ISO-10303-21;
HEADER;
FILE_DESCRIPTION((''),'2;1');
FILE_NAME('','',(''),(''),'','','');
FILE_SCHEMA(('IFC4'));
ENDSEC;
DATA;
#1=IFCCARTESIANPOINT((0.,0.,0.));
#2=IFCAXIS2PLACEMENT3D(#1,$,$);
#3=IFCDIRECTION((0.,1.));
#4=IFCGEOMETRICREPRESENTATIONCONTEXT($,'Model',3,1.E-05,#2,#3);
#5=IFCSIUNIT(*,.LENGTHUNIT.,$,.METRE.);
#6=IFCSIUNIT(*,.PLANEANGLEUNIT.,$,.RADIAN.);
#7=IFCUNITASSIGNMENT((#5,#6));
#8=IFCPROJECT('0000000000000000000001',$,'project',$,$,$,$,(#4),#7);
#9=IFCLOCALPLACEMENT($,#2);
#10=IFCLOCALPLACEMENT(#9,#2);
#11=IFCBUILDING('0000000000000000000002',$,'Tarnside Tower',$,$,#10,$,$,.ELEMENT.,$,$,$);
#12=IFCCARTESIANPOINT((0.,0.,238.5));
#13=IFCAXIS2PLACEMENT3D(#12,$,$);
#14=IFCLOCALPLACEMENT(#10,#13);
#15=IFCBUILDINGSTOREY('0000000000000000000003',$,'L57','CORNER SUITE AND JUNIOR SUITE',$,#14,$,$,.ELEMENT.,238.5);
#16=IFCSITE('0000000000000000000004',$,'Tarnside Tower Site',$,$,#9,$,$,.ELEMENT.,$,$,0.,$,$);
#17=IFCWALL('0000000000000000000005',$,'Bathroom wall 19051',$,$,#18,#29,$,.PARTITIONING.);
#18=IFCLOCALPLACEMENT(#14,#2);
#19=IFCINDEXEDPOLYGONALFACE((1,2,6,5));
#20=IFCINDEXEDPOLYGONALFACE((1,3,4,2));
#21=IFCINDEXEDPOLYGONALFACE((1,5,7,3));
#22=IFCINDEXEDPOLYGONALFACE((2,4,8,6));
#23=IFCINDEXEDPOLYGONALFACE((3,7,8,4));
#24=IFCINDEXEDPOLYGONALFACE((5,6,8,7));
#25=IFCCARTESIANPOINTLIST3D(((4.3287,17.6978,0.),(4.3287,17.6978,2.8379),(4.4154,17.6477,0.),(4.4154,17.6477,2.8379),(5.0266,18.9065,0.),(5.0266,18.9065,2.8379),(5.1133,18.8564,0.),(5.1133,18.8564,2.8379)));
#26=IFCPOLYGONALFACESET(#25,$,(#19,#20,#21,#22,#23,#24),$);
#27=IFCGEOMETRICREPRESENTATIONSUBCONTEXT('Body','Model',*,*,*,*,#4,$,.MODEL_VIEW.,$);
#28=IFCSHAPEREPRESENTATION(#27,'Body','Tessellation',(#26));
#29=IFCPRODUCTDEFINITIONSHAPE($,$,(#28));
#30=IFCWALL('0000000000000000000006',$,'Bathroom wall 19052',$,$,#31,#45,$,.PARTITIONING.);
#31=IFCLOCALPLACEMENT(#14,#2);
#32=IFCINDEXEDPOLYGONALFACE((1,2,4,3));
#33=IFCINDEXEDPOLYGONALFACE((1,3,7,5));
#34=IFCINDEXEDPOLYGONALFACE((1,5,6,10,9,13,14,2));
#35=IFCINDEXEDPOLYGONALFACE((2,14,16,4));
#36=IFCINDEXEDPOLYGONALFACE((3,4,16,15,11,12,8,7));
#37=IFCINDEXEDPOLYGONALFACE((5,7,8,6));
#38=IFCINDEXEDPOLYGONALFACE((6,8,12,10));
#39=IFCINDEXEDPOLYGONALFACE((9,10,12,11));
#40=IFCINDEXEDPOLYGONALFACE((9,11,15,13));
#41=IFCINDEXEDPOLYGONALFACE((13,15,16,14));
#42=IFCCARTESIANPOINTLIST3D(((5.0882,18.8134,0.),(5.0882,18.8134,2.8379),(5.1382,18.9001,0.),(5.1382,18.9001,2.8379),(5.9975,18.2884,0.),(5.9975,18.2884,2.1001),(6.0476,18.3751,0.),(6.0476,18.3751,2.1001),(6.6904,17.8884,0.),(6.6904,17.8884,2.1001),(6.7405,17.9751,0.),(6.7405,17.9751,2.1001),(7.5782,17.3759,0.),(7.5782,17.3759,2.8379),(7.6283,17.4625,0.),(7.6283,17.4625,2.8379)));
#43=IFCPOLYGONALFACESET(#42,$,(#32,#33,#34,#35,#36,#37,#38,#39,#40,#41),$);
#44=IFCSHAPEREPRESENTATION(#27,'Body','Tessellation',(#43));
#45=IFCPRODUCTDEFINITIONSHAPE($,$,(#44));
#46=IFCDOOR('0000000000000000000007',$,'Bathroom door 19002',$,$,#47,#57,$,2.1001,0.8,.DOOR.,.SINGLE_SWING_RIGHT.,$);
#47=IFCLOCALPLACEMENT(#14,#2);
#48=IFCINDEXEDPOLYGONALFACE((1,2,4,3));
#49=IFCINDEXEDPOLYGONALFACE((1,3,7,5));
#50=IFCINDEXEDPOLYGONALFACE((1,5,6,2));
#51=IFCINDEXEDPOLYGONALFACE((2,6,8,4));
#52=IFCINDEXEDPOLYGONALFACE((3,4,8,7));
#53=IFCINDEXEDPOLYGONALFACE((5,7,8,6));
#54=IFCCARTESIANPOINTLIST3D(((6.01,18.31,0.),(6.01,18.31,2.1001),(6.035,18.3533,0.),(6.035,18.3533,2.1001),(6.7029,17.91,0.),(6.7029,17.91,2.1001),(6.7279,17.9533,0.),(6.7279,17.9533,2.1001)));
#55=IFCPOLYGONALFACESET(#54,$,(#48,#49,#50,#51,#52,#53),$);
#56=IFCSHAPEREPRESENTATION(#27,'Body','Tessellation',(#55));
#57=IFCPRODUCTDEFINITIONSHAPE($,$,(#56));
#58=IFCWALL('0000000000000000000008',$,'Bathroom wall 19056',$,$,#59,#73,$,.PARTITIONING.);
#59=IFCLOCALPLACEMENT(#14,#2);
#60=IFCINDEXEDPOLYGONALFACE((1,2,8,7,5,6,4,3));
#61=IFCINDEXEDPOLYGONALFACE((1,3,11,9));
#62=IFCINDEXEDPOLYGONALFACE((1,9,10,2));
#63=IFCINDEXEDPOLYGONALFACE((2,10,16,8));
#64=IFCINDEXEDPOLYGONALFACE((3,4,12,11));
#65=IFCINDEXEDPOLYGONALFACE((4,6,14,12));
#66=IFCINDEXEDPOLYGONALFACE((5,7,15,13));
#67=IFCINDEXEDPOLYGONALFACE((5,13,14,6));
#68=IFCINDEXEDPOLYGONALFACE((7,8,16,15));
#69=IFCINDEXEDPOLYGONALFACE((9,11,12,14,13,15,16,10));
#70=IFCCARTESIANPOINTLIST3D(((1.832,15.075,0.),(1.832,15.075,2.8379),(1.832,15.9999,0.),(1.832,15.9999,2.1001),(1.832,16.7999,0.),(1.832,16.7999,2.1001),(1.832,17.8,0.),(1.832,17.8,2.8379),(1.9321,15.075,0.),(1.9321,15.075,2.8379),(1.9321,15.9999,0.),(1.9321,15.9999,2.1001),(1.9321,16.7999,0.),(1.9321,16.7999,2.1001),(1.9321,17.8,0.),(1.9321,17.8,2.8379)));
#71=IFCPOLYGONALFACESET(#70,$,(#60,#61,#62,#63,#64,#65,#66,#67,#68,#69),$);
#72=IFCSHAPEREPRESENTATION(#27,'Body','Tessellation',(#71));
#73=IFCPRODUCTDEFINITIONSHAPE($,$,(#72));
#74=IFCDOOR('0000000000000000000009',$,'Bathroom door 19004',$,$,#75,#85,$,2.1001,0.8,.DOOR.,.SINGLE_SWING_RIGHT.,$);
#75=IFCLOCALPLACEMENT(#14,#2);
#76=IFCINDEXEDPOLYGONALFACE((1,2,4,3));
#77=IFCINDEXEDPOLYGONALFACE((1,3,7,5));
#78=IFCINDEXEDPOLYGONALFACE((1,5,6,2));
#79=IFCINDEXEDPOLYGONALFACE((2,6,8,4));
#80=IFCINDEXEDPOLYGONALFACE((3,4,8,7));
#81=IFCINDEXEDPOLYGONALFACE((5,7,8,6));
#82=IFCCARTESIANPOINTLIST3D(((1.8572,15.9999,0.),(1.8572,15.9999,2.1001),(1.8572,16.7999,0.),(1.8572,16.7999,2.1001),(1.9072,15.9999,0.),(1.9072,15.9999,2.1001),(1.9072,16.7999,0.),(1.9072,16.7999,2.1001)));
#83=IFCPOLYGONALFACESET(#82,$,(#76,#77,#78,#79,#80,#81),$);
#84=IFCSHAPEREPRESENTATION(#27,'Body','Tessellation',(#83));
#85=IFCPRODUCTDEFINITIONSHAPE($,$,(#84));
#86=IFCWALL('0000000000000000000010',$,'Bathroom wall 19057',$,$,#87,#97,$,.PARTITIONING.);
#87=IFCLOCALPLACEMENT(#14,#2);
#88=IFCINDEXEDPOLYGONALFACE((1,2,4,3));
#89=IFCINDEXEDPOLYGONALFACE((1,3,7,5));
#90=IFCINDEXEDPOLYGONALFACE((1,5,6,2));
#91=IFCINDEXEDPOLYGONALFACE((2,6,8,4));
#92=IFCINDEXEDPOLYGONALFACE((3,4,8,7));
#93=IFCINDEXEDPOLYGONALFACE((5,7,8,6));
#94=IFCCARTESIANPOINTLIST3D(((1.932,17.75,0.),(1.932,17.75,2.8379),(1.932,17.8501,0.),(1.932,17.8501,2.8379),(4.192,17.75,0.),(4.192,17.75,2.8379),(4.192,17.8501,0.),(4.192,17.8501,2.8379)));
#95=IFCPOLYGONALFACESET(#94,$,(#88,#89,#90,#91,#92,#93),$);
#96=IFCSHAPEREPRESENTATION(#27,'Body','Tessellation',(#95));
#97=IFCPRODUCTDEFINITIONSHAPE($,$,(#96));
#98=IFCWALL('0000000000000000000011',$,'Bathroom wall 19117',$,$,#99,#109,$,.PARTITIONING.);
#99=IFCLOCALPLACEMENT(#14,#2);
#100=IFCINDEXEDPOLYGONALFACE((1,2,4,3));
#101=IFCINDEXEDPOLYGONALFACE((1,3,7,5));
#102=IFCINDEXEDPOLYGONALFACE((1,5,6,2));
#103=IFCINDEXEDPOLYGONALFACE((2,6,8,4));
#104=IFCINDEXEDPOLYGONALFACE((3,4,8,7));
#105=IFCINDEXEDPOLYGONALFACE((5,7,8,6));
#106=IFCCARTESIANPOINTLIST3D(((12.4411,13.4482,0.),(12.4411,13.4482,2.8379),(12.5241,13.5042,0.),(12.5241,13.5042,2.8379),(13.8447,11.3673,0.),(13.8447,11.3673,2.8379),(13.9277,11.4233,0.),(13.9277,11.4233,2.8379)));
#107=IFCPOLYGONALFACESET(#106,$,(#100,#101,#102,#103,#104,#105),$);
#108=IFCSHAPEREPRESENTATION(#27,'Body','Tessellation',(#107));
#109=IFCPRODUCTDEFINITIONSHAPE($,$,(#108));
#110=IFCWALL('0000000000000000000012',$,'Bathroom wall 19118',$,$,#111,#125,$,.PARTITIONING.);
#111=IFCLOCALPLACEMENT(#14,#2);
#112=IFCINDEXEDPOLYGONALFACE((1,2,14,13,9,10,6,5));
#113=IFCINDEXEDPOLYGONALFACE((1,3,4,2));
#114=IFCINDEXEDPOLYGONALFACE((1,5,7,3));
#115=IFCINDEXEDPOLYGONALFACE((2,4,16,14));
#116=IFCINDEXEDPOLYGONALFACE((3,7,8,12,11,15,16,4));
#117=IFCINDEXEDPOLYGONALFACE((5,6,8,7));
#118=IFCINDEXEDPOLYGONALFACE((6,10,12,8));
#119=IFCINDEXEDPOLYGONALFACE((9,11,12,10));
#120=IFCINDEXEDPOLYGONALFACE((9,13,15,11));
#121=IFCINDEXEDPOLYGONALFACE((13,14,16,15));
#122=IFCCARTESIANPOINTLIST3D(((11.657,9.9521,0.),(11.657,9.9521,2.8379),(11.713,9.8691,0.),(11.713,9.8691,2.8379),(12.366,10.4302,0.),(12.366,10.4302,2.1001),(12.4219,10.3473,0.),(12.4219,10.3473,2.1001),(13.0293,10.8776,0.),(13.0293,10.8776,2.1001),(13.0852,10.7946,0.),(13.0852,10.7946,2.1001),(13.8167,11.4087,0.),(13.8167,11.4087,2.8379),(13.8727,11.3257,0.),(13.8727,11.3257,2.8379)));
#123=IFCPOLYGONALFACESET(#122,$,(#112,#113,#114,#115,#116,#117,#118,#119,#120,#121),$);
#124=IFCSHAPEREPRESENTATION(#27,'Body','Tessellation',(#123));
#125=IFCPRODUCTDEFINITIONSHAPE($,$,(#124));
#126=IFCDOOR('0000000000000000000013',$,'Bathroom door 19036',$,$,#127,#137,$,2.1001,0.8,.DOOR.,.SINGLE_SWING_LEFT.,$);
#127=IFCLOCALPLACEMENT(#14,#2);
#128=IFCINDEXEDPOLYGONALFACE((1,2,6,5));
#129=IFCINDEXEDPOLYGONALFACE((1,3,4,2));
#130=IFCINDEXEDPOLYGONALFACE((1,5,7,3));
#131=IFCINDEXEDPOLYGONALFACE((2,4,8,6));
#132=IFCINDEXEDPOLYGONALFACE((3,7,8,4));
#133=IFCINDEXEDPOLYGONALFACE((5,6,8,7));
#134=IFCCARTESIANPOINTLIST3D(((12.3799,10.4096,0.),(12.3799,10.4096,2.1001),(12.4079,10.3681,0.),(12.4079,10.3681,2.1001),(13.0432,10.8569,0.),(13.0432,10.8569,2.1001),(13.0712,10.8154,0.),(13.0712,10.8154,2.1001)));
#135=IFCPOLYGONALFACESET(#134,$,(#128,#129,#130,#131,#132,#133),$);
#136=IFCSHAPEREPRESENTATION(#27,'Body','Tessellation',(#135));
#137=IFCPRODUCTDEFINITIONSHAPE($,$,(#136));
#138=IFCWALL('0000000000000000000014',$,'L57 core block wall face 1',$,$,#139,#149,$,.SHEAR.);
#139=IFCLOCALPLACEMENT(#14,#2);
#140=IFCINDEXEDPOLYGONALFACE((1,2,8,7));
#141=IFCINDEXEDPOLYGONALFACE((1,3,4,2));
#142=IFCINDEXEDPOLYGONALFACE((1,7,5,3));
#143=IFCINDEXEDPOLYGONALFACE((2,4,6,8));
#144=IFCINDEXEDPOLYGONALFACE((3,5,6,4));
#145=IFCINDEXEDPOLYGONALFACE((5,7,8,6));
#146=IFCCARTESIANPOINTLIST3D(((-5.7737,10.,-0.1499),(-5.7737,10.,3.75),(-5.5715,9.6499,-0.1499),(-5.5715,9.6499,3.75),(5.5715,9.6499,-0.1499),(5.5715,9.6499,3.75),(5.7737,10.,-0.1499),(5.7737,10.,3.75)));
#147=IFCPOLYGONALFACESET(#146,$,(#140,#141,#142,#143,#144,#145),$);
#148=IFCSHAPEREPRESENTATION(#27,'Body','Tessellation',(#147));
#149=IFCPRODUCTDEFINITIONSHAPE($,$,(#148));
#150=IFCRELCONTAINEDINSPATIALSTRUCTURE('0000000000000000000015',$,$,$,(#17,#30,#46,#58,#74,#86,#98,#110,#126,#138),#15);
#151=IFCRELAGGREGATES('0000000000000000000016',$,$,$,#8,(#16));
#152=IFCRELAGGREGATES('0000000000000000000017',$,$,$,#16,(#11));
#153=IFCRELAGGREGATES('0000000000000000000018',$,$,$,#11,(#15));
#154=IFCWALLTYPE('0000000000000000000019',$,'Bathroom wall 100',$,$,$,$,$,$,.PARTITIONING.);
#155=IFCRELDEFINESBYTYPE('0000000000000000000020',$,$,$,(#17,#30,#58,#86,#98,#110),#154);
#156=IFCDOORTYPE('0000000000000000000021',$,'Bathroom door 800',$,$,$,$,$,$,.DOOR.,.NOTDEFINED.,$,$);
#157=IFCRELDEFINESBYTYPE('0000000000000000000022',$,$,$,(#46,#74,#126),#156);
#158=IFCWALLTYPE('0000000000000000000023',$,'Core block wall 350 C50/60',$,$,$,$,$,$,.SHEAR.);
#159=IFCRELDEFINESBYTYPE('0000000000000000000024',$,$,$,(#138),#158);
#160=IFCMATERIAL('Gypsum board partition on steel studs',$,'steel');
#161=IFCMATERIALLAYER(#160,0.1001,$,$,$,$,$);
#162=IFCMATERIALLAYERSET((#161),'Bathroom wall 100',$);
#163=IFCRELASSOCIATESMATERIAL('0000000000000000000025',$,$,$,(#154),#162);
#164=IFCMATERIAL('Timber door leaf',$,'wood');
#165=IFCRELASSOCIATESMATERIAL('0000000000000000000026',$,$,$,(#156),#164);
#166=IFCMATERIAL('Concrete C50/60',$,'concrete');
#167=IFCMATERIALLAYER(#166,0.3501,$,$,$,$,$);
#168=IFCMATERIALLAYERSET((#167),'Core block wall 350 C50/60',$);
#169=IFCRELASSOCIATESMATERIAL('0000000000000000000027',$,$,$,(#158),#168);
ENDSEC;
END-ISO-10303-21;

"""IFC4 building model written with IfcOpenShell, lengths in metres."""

from ifc_helpers import new_model, si_unit, direction, frame, frame_2d, origin, place, context, subcontext, project, spatial, polyline, rectangle, outline, extrude, material, layer, layer_set, type_object, element, fill, save


model = new_model("IFC4")

# Units and contexts
model_context = context("Model", 3, precision=1e-05, world=origin(), true_north=direction((0.0, 1.0)))
body_context = subcontext(model_context, "Body", "Model", "MODEL_VIEW")
ifc_project = project(units=[si_unit("LENGTHUNIT", "METRE"), si_unit("PLANEANGLEUNIT", "RADIAN")], contexts=[model_context])

# Site, building, storey
site_placement = place(None, origin())
site = spatial("IfcSite", under=ifc_project, at=site_placement, Name="Tarnside Tower Site", CompositionType="ELEMENT", RefElevation=0.0)
building_placement = place(site_placement, origin())
building = spatial("IfcBuilding", under=site, at=building_placement, Name="Tarnside Tower", CompositionType="ELEMENT")
storey_placement = place(building_placement, frame((0.0, 0.0, 238.5)))
storey = spatial("IfcBuildingStorey", under=building, at=storey_placement, Name="L57", Description="CORNER SUITE AND JUNIOR SUITE", CompositionType="ELEMENT", Elevation=238.5)

# Wall
ifc_material_1 = material(Name="Gypsum board partition on steel studs", Category="steel")
ifc_layer_1 = layer(ifc_material_1, 0.1001)
ifc_layer_set_1 = layer_set([ifc_layer_1], Name="Bathroom wall 100")
wall_type_1 = type_object("IfcWallType", Name="Bathroom wall 100", PredefinedType="PARTITIONING", material=ifc_layer_set_1)
wall_1_placement = place(storey_placement, frame((4.3721, 17.6729, 0.0), z_axis=(0.0, 0.0, 1.0), x_axis=(0.500071, 0.865985, 0.0)))
element("IfcWall", 1, at=wall_1_placement, inside=storey, type_object=wall_type_1, Name="Bathroom wall 19051", PredefinedType="PARTITIONING", context=body_context, shape_type="SweptSolid", body=[
    extrude(rectangle(XDim=1.3958, YDim=0.1001, at=frame_2d((0.6978, 0.0))), origin(), (0.0, 0.0, 1.0), 2.8379),
])

# Walls, openings, doors
wall_2_placement = place(storey_placement, frame((5.1133, 18.8567, 0.0), z_axis=(0.0, 0.0, 1.0), x_axis=(0.86604, -0.499975, 0.0)))
wall_2 = element("IfcWall", 2, at=wall_2_placement, inside=storey, type_object=wall_type_1, Name="Bathroom wall 19052", PredefinedType="PARTITIONING", context=body_context, shape_type="SweptSolid", body=[
    extrude(rectangle(XDim=2.8752, YDim=0.1001, at=frame_2d((1.4375, 0.0))), origin(), (0.0, 0.0, 1.0), 2.8379),
])
opening_1_placement = place(wall_2_placement, frame((1.05, 0.0, 0.0)))
opening_1 = element("IfcOpeningElement", 3, at=opening_1_placement, cuts=wall_2, PredefinedType="OPENING", context=body_context, shape_type="SweptSolid", body=[
    extrude(rectangle(XDim=0.8, YDim=2.1001, at=frame_2d((0.3999, 1.05))), frame((0.0, 0.0601, 0.0), z_axis=(0.0, -1.0, 0.0), x_axis=(1.0, 0.0, 0.0)), (0.0, 0.0, 1.0), 0.1201),
])
ifc_material_2 = material(Name="Timber door leaf", Category="wood")
door_type_1 = type_object("IfcDoorType", Name="Bathroom door 800", OperationType="NOTDEFINED", PredefinedType="DOOR", material=ifc_material_2)
door_1_placement = place(opening_1_placement, origin())
door_1 = element("IfcDoor", 4, at=door_1_placement, inside=storey, type_object=door_type_1, Name="Bathroom door 19002", OperationType="SINGLE_SWING_RIGHT", OverallHeight=2.1001, OverallWidth=0.8, PredefinedType="DOOR", context=body_context, shape_type="SweptSolid", body=[
    extrude(rectangle(XDim=0.8, YDim=2.1001, at=frame_2d((0.3999, 1.05))), frame((0.0, 0.0249, 0.0), z_axis=(0.0, -1.0, 0.0), x_axis=(1.0, 0.0, 0.0)), (0.0, 0.0, 1.0), 0.05),
])
fill(opening_1, door_1)
wall_3_placement = place(storey_placement, frame((1.8821, 15.075, 0.0), z_axis=(0.0, 0.0, 1.0), x_axis=(0.0, 1.0, 0.0)))
wall_3 = element("IfcWall", 5, at=wall_3_placement, inside=storey, type_object=wall_type_1, Name="Bathroom wall 19056", PredefinedType="PARTITIONING", context=body_context, shape_type="SweptSolid", body=[
    extrude(rectangle(XDim=2.7251, YDim=0.1001, at=frame_2d((1.3625, 0.0))), origin(), (0.0, 0.0, 1.0), 2.8379),
])
opening_2_placement = place(wall_3_placement, frame((0.925, 0.0, 0.0)))
opening_2 = element("IfcOpeningElement", 6, at=opening_2_placement, cuts=wall_3, PredefinedType="OPENING", context=body_context, shape_type="SweptSolid", body=[
    extrude(rectangle(XDim=0.8, YDim=2.1001, at=frame_2d((0.3999, 1.05))), frame((0.0, 0.0601, 0.0), z_axis=(0.0, -1.0, 0.0), x_axis=(1.0, 0.0, 0.0)), (0.0, 0.0, 1.0), 0.1201),
])
door_2_placement = place(opening_2_placement, origin())
door_2 = element("IfcDoor", 7, at=door_2_placement, inside=storey, type_object=door_type_1, Name="Bathroom door 19004", OperationType="SINGLE_SWING_RIGHT", OverallHeight=2.1001, OverallWidth=0.8, PredefinedType="DOOR", context=body_context, shape_type="SweptSolid", body=[
    extrude(rectangle(XDim=0.8, YDim=2.1001, at=frame_2d((0.3999, 1.05))), frame((0.0, 0.0249, 0.0), z_axis=(0.0, -1.0, 0.0), x_axis=(1.0, 0.0, 0.0)), (0.0, 0.0, 1.0), 0.05),
])
fill(opening_2, door_2)

# Walls
wall_4_placement = place(storey_placement, frame((1.9321, 17.8, 0.0), z_axis=(0.0, 0.0, 1.0), x_axis=(1.0, 0.0, 0.0)))
element("IfcWall", 8, at=wall_4_placement, inside=storey, type_object=wall_type_1, Name="Bathroom wall 19057", PredefinedType="PARTITIONING", context=body_context, shape_type="SweptSolid", body=[
    extrude(rectangle(XDim=2.26, YDim=0.1001, at=frame_2d((1.1299, 0.0))), origin(), (0.0, 0.0, 1.0), 2.8379),
])
wall_5_placement = place(storey_placement, frame((12.4827, 13.4761, 0.0), z_axis=(0.0, 0.0, 1.0), x_axis=(0.559204, -0.82903, 0.0)))
element("IfcWall", 9, at=wall_5_placement, inside=storey, type_object=wall_type_1, Name="Bathroom wall 19117", PredefinedType="PARTITIONING", context=body_context, shape_type="SweptSolid", body=[
    extrude(rectangle(XDim=2.51, YDim=0.1001, at=frame_2d((1.2549, 0.0))), origin(), (0.0, 0.0, 1.0), 2.8379),
])

# Wall, opening, door
wall_6_placement = place(storey_placement, frame((13.8447, 11.3672, 0.0), z_axis=(0.0, 0.0, 1.0), x_axis=(-0.829068, -0.559148, 0.0)))
wall_6 = element("IfcWall", 10, at=wall_6_placement, inside=storey, type_object=wall_type_1, Name="Bathroom wall 19118", PredefinedType="PARTITIONING", context=body_context, shape_type="SweptSolid", body=[
    extrude(rectangle(XDim=2.605, YDim=0.1001, at=frame_2d((1.3025, 0.0))), origin(), (0.0, 0.0, 1.0), 2.8379),
])
opening_3_placement = place(wall_6_placement, frame((0.95, 0.0, 0.0)))
opening_3 = element("IfcOpeningElement", 11, at=opening_3_placement, cuts=wall_6, PredefinedType="OPENING", context=body_context, shape_type="SweptSolid", body=[
    extrude(rectangle(XDim=0.8, YDim=2.1001, at=frame_2d((0.3999, 1.05))), frame((0.0, 0.0601, 0.0), z_axis=(0.0, -1.0, 0.0), x_axis=(1.0, 0.0, 0.0)), (0.0, 0.0, 1.0), 0.1201),
])
door_3_placement = place(opening_3_placement, origin())
door_3 = element("IfcDoor", 12, at=door_3_placement, inside=storey, type_object=door_type_1, Name="Bathroom door 19036", OperationType="SINGLE_SWING_LEFT", OverallHeight=2.1001, OverallWidth=0.8, PredefinedType="DOOR", context=body_context, shape_type="SweptSolid", body=[
    extrude(rectangle(XDim=0.8, YDim=2.1001, at=frame_2d((0.3999, 1.05))), frame((0.0, 0.0249, 0.0), z_axis=(0.0, -1.0, 0.0), x_axis=(1.0, 0.0, 0.0)), (0.0, 0.0, 1.0), 0.05),
])
fill(opening_3, door_3)

# Wall
ifc_material_3 = material(Name="Concrete C50/60", Category="concrete")
ifc_layer_2 = layer(ifc_material_3, 0.3501)
ifc_layer_set_2 = layer_set([ifc_layer_2], Name="Core block wall 350 C50/60")
wall_type_2 = type_object("IfcWallType", Name="Core block wall 350 C50/60", PredefinedType="SHEAR", material=ifc_layer_set_2)
wall_7_placement = place(storey_placement, frame((5.6726, 9.825, -0.1499), z_axis=(0.0, 0.0, 1.0), x_axis=(-1.0, 0.0, 0.0)))
element("IfcWall", 13, at=wall_7_placement, inside=storey, type_object=wall_type_2, Name="L57 core block wall face 1", PredefinedType="SHEAR", context=body_context, shape_type="SweptSolid", body=[
    extrude(outline(polyline([(-0.1011, -0.175), (11.4463, -0.175), (11.2441, 0.175), (0.1011, 0.175), (-0.1011, -0.175)])), origin(), (0.0, 0.0, 1.0), 3.8999),
])

save(model, "model.ifc")
